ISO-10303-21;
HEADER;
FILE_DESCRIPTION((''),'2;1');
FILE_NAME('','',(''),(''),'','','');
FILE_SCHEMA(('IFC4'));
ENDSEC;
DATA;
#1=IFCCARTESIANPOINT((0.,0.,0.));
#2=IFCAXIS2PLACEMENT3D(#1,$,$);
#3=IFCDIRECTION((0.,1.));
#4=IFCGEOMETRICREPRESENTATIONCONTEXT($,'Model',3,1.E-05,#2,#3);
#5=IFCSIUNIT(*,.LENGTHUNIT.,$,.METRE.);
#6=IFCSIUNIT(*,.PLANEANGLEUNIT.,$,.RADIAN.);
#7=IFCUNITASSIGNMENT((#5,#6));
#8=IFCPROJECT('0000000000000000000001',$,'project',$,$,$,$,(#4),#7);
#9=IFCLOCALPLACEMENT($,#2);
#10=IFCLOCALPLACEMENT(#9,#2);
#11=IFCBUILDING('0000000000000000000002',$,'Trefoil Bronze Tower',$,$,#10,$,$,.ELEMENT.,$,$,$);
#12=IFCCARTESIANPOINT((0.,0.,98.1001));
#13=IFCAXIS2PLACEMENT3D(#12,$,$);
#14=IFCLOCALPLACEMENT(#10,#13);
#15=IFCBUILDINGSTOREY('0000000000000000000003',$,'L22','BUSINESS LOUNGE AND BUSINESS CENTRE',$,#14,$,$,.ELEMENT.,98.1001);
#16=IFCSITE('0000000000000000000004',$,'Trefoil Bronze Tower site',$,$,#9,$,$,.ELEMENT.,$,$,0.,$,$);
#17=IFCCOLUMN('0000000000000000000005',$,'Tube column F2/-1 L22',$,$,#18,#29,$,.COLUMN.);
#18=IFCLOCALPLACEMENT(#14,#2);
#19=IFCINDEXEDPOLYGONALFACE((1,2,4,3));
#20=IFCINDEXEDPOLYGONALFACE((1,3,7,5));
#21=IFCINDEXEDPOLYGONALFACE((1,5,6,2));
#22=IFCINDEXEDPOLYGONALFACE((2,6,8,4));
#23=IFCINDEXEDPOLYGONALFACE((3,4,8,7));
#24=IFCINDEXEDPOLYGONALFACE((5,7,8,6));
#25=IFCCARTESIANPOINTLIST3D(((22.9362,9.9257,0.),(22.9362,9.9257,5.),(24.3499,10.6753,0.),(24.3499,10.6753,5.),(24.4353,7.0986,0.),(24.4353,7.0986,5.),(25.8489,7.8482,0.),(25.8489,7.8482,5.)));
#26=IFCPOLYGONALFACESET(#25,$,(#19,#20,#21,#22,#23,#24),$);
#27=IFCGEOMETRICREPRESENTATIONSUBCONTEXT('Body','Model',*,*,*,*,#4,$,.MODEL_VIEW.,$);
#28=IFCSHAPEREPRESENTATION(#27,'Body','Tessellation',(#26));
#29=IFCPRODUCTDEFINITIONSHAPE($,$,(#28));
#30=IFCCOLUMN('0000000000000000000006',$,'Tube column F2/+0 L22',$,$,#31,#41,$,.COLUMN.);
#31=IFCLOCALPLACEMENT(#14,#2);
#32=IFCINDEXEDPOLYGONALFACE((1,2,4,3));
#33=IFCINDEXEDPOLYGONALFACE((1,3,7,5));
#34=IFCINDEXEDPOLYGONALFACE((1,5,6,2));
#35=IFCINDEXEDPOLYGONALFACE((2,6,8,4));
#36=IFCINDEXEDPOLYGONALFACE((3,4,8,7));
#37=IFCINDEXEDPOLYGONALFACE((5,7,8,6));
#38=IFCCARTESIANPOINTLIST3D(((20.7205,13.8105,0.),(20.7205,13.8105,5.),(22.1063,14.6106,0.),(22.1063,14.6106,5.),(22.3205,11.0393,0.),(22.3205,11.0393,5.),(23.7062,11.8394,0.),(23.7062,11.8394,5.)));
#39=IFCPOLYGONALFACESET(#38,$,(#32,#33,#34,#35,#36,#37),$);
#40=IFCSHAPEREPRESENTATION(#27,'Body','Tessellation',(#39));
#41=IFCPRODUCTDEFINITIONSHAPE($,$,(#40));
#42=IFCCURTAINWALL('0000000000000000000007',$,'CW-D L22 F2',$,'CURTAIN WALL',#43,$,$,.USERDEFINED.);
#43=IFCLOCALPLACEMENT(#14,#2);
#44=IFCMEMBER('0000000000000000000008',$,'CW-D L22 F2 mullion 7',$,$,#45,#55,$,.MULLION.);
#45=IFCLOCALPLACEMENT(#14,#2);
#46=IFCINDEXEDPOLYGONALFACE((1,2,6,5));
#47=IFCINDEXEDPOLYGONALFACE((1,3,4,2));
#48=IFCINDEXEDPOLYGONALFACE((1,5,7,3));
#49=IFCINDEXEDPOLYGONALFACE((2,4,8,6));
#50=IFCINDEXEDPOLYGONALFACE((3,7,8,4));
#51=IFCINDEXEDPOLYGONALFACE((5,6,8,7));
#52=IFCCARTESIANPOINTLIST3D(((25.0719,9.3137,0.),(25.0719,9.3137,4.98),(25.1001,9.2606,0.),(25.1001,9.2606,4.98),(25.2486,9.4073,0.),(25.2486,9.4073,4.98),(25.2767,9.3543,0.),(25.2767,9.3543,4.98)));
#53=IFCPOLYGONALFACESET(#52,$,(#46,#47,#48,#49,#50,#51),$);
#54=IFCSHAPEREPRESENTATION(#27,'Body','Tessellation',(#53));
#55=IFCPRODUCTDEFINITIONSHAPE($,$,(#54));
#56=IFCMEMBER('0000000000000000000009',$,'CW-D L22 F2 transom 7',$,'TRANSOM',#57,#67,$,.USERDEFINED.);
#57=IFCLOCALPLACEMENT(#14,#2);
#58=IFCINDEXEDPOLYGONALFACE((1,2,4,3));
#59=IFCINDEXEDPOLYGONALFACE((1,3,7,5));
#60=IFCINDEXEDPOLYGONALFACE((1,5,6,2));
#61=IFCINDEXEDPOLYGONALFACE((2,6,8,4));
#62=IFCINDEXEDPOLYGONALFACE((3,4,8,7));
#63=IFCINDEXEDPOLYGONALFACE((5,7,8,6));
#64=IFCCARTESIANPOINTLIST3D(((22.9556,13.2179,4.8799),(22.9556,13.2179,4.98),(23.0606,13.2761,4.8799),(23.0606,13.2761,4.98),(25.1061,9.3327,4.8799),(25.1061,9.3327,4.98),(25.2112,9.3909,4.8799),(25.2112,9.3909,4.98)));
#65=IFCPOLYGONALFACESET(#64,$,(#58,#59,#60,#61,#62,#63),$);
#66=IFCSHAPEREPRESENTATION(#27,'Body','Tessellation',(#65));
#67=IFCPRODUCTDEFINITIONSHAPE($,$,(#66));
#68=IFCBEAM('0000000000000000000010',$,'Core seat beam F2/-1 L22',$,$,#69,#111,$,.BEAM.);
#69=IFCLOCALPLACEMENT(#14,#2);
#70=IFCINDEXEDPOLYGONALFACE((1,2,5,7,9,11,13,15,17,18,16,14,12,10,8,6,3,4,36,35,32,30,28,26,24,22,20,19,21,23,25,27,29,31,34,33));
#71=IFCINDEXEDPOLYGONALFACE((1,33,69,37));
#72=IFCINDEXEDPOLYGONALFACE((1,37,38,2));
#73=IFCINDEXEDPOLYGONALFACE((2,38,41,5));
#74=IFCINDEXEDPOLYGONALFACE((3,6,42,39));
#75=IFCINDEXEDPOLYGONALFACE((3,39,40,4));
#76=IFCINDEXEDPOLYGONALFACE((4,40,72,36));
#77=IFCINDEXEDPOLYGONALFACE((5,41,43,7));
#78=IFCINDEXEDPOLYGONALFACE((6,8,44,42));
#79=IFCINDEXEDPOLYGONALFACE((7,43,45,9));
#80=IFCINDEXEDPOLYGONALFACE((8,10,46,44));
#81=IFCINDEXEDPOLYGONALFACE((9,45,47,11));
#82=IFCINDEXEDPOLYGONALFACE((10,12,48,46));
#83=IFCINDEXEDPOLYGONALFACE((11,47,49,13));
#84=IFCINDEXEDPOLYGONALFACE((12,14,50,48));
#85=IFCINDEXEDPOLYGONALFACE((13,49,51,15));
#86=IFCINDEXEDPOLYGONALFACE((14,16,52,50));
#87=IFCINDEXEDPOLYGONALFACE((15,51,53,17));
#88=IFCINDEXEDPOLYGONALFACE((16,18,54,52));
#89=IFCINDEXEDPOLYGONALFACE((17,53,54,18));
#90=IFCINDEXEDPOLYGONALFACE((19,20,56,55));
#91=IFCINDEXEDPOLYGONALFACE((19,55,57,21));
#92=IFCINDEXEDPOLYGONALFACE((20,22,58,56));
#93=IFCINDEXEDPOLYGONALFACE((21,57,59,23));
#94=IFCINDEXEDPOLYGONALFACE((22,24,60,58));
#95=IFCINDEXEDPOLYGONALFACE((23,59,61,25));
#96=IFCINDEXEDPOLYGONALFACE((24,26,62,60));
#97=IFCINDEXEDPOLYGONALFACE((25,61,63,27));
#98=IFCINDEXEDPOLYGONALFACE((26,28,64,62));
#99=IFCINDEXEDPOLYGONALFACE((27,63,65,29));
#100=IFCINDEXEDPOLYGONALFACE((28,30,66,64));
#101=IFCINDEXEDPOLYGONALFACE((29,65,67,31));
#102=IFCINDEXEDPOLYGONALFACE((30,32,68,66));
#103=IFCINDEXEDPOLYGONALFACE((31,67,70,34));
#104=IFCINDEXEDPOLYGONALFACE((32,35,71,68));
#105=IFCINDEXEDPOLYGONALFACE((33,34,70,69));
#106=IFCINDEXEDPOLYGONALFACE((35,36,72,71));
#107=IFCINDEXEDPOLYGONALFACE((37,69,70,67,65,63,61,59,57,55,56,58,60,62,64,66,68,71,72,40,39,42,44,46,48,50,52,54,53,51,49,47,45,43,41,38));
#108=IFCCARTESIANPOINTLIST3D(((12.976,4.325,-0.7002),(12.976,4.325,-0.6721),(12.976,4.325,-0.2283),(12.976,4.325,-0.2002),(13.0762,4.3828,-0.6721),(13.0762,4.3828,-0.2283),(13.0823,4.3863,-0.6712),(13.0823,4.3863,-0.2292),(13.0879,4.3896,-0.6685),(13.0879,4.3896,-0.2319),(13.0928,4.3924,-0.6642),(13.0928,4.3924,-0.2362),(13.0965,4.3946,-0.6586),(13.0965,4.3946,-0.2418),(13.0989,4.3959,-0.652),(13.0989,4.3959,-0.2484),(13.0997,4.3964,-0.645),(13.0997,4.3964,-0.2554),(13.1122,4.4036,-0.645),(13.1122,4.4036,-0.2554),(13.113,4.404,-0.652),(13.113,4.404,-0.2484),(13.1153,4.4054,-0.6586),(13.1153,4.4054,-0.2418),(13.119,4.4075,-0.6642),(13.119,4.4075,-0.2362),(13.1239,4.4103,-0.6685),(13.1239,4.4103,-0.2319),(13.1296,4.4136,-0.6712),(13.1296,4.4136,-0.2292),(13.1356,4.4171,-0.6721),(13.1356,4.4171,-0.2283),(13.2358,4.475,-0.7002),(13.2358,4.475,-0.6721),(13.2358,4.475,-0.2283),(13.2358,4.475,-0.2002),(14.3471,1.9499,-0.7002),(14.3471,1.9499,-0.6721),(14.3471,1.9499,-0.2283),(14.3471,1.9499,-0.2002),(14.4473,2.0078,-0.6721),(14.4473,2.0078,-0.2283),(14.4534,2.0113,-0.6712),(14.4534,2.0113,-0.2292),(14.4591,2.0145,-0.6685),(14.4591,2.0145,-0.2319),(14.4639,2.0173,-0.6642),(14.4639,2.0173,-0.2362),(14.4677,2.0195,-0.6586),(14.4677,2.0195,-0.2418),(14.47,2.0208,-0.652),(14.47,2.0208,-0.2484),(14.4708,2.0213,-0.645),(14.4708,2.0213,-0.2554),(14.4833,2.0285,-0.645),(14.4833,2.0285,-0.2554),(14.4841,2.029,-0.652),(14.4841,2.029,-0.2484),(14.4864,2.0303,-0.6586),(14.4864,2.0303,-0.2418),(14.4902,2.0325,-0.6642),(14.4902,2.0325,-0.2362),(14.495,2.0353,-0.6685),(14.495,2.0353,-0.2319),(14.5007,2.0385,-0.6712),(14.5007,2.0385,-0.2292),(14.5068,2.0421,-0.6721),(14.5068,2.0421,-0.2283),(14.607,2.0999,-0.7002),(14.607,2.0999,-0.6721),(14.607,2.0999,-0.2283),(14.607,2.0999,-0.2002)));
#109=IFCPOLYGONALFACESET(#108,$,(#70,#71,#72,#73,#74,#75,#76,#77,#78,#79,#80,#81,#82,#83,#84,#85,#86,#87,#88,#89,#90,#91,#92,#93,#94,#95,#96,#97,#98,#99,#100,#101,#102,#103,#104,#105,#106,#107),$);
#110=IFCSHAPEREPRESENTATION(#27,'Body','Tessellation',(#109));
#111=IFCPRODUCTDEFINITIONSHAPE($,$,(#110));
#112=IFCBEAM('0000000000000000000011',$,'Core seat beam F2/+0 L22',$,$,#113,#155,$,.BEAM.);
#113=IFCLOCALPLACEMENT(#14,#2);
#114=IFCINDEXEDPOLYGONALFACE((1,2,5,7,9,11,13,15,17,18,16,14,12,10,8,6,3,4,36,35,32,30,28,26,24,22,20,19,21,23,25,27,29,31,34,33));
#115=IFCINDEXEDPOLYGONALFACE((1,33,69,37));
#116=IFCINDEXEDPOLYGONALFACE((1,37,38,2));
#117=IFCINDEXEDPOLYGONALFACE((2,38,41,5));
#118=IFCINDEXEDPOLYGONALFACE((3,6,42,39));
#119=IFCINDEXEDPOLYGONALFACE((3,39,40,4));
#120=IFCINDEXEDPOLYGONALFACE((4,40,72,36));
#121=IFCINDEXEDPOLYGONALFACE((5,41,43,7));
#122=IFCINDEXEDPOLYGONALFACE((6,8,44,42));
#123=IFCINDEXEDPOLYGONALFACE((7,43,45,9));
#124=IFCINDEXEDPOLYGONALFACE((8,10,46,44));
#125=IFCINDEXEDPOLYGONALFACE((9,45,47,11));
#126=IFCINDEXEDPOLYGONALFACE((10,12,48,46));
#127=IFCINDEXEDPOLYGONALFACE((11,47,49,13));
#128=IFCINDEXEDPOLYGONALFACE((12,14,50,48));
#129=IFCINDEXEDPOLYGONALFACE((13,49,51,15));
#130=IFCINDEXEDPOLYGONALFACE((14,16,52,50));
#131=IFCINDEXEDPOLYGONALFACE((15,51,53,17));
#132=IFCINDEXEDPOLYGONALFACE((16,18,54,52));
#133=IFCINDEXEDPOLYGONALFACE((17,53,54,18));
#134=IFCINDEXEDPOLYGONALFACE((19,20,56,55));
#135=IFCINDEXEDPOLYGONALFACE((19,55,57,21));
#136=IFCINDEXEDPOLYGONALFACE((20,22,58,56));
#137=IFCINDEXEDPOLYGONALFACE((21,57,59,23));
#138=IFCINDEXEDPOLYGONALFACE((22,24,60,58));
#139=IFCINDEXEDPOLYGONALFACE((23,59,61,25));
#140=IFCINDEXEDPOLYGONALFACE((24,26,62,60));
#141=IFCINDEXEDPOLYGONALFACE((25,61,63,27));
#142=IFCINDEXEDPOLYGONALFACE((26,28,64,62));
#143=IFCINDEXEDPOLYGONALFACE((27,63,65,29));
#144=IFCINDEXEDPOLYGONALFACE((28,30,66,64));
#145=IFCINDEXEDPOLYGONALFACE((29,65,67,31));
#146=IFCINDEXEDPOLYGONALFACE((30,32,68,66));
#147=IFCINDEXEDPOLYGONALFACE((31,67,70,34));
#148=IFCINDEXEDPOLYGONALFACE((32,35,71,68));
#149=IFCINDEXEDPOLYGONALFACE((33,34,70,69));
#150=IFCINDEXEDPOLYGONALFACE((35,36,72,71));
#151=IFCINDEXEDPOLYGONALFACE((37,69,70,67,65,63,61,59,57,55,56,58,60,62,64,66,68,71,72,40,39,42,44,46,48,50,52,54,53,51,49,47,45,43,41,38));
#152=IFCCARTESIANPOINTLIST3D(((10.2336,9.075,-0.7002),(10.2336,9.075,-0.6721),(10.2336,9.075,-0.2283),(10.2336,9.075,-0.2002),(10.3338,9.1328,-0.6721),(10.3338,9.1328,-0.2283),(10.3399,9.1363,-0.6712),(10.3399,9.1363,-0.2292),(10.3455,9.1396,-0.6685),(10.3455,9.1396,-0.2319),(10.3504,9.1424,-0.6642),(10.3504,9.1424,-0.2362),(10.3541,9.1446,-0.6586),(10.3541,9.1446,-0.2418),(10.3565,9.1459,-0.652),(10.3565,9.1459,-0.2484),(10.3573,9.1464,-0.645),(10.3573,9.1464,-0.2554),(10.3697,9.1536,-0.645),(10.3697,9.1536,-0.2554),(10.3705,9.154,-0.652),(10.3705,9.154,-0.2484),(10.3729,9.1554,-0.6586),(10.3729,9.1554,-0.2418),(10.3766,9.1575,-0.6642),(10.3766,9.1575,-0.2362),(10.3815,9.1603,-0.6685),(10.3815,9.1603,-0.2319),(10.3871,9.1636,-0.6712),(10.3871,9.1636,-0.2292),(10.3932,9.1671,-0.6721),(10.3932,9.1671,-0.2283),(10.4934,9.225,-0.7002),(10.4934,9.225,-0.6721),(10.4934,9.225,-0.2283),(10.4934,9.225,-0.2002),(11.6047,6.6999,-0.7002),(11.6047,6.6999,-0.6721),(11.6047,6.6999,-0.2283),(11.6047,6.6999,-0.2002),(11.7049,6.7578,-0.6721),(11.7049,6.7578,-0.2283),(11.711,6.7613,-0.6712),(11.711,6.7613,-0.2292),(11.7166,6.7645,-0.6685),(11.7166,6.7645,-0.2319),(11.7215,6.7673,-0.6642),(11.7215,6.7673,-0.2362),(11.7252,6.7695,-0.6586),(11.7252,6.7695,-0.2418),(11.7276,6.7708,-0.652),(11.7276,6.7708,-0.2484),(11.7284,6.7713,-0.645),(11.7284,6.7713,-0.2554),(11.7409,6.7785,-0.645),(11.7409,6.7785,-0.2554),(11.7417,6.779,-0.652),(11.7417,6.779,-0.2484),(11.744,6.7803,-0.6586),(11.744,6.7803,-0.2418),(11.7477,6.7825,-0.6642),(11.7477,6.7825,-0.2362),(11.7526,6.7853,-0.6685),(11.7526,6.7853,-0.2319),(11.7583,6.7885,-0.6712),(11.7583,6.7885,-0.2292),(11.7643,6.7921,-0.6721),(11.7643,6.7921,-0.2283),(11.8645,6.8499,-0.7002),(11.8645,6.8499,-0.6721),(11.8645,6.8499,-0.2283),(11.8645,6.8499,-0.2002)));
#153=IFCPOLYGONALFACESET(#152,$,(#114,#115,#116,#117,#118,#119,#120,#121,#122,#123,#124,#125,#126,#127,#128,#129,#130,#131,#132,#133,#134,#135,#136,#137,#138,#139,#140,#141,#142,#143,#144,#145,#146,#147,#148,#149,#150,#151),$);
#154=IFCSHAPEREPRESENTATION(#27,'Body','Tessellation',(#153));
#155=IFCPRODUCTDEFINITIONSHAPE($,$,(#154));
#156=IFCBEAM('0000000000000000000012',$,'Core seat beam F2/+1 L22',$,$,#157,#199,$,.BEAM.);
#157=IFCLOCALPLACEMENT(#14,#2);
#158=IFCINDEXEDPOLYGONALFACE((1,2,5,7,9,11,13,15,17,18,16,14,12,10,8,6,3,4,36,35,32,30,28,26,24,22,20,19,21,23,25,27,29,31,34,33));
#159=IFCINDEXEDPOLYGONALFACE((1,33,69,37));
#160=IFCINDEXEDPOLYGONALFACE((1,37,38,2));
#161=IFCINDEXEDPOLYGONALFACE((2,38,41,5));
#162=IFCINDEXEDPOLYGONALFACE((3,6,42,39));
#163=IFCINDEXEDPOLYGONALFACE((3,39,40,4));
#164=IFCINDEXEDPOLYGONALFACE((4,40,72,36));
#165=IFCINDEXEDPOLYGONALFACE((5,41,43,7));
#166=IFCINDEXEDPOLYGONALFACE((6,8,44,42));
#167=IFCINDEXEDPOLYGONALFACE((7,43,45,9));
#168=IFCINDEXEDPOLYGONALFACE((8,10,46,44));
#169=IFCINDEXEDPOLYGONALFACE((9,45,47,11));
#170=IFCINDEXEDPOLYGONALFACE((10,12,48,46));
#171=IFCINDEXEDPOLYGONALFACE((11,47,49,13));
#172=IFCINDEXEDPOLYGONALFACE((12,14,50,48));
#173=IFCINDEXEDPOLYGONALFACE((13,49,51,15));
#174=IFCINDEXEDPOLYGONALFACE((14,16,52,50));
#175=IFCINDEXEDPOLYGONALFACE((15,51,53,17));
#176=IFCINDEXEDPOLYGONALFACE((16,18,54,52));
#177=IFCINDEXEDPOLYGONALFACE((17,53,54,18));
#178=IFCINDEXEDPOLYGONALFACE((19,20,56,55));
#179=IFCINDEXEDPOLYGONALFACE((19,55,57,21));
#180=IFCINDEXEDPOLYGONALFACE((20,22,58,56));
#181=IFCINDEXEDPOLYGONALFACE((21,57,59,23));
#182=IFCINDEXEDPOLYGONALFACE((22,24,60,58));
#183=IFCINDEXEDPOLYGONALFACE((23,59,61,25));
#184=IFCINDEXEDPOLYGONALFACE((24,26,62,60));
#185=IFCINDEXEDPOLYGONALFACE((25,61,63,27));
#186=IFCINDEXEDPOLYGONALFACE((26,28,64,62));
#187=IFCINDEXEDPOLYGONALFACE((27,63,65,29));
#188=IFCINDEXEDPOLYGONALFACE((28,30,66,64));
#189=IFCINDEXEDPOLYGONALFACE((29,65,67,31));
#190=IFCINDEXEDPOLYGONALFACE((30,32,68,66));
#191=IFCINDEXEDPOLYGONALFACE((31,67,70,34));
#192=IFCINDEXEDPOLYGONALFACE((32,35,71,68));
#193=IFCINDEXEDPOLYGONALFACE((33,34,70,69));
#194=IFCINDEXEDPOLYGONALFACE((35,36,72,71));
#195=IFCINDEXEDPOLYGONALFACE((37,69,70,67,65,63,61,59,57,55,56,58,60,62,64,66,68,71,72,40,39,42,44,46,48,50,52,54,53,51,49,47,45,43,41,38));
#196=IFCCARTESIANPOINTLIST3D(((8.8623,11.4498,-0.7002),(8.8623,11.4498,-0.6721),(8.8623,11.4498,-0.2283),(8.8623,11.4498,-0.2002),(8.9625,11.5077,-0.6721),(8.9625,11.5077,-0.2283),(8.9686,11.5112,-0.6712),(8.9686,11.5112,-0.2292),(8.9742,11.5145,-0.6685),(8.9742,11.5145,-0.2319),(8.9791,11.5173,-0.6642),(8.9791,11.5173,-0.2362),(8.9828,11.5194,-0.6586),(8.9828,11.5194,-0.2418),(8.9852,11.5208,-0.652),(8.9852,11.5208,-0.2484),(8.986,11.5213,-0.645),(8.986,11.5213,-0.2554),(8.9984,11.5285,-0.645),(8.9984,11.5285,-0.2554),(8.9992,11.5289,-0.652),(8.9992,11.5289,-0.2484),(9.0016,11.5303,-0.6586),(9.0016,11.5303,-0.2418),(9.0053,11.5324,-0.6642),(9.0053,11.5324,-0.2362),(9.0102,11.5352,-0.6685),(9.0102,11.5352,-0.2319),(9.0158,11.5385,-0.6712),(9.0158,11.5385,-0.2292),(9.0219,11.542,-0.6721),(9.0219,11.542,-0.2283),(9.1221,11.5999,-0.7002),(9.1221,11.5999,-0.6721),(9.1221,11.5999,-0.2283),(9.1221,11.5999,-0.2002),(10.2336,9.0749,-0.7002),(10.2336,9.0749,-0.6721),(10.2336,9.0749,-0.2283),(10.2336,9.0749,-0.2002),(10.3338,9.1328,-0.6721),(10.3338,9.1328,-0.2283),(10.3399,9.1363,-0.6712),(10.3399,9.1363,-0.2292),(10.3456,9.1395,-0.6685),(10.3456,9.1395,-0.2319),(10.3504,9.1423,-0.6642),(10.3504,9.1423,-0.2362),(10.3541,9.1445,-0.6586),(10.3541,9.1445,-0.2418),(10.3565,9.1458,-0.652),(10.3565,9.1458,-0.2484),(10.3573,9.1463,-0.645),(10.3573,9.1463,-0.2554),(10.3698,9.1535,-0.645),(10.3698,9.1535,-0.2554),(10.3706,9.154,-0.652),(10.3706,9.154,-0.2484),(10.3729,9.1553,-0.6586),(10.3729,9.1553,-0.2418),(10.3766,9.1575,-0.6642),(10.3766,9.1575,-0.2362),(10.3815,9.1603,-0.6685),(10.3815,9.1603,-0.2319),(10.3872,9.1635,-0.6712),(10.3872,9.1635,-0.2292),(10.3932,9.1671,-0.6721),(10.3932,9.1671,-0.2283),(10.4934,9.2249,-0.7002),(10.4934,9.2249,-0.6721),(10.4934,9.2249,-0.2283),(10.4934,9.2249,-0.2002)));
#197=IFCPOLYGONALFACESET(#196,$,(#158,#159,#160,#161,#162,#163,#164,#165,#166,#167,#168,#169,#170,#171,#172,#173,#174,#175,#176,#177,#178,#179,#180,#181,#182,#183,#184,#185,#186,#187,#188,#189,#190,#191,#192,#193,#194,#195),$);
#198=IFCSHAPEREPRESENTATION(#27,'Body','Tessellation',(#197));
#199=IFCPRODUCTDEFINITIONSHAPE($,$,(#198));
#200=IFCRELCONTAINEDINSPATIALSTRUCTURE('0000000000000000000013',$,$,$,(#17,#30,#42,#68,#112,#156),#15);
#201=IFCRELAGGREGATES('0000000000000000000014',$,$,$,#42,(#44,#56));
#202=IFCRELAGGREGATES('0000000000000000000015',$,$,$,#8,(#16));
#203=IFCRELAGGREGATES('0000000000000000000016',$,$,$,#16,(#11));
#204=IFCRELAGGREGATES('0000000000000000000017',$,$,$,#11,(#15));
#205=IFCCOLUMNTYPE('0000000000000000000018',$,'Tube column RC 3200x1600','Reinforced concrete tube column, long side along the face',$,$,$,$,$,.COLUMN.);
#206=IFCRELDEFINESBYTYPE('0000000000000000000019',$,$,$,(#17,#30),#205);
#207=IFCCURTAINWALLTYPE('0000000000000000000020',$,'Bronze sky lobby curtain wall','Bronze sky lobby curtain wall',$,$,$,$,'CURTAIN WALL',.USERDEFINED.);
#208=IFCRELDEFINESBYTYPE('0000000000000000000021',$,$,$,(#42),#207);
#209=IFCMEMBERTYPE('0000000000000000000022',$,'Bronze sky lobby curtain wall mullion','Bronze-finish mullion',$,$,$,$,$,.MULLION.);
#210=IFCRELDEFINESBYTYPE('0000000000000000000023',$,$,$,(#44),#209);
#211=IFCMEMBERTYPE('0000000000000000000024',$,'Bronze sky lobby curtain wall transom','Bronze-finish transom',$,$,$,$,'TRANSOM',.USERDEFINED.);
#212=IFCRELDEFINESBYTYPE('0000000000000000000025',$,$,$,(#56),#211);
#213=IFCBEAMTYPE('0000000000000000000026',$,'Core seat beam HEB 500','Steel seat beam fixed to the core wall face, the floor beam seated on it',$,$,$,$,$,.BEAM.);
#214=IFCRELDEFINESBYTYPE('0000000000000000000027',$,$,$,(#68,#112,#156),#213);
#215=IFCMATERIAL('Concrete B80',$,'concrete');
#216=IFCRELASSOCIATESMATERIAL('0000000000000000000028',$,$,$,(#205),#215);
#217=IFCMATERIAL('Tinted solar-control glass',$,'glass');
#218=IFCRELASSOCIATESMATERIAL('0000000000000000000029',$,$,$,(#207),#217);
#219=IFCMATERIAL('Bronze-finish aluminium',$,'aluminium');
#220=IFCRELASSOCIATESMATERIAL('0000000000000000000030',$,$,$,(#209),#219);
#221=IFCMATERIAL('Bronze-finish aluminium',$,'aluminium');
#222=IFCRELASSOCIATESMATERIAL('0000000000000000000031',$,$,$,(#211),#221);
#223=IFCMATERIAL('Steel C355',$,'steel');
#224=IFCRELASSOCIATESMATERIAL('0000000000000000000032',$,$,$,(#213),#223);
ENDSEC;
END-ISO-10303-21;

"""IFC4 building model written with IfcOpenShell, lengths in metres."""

from ifc_helpers import new_model, si_unit, direction, frame, origin, origin_2d, place, context, subcontext, project, spatial, rectangle, i_section, extrude, material, material_profile, profile_set, type_object, element, aggregate, save


model = new_model("IFC4")

# Units and contexts
model_context = context("Model", 3, precision=1e-05, world=origin(), true_north=direction((0.0, 1.0)))
body_context = subcontext(model_context, "Body", "Model", "MODEL_VIEW")
ifc_project = project(units=[si_unit("LENGTHUNIT", "METRE"), si_unit("PLANEANGLEUNIT", "RADIAN")], contexts=[model_context])

# Site, building, storey
site_placement = place(None, origin())
site = spatial("IfcSite", under=ifc_project, at=site_placement, Name="Trefoil Bronze Tower site", CompositionType="ELEMENT", RefElevation=0.0)
building_placement = place(site_placement, origin())
building = spatial("IfcBuilding", under=site, at=building_placement, Name="Trefoil Bronze Tower", CompositionType="ELEMENT")
storey_placement = place(building_placement, frame((0.0, 0.0, 98.1001)))
storey = spatial("IfcBuildingStorey", under=building, at=storey_placement, Name="L22", Description="BUSINESS LOUNGE AND BUSINESS CENTRE", CompositionType="ELEMENT", Elevation=98.1001)

# Columns
ifc_material_1 = material(Name="Concrete B80", Category="concrete")
ifc_material_profile_1 = material_profile(ifc_material_1, rectangle(XDim=3.2, YDim=1.6001, at=origin_2d()), Name="RC 3200x1600")
ifc_profile_set_1 = profile_set([ifc_material_profile_1], Name="Concrete B80")
column_type = type_object("IfcColumnType", Name="Tube column RC 3200x1600", Description="Reinforced concrete tube column, long side along the face", PredefinedType="COLUMN", material=ifc_profile_set_1)
for number, where, z_axis, x_axis, name in (
    (1, (24.3926, 8.887, 0.0), (0.0, 0.0, 1.0), (-0.468457, 0.883486, 0.0), "Tube column F2/-1 L22"),
    (2, (22.2134, 12.825, 0.0), (0.0, 0.0, 1.0), (-0.5, 0.866025, 0.0), "Tube column F2/+0 L22"),
):
    element("IfcColumn", number, at=place(storey_placement, frame(where, z_axis=z_axis, x_axis=x_axis)), inside=storey, type_object=column_type, Name=name, PredefinedType="COLUMN", context=body_context, shape_type="SweptSolid", body=[
        extrude(rectangle(XDim=3.2, YDim=1.6001, at=origin_2d()), origin(), (0.0, 0.0, 1.0), 5.0),
    ])

# Curtain wall, members
ifc_material_2 = material(Name="Tinted solar-control glass", Category="glass")
curtain_wall_type = type_object("IfcCurtainWallType", Name="Bronze sky lobby curtain wall", Description="Bronze sky lobby curtain wall", ElementType="CURTAIN WALL", PredefinedType="USERDEFINED", material=ifc_material_2)
curtain_wall_placement = place(storey_placement, origin())
curtain_wall = element("IfcCurtainWall", 3, at=curtain_wall_placement, inside=storey, type_object=curtain_wall_type, Name="CW-D L22 F2", ObjectType="CURTAIN WALL", PredefinedType="USERDEFINED")
ifc_material_3 = material(Name="Bronze-finish aluminium", Category="aluminium")
ifc_material_profile_2 = material_profile(ifc_material_3, rectangle(XDim=0.2, YDim=0.0601, at=origin_2d()), Name="CW-D mullion")
ifc_profile_set_2 = profile_set([ifc_material_profile_2], Name="Bronze-finish aluminium")
member_type_1 = type_object("IfcMemberType", Name="Bronze sky lobby curtain wall mullion", Description="Bronze-finish mullion", PredefinedType="MULLION", material=ifc_profile_set_2)
member_1_placement = place(storey_placement, frame((25.1743, 9.334, 0.0), z_axis=(0.0, 0.0, 1.0), x_axis=(-0.883486, -0.468457, 0.0)))
member_1 = element("IfcMember", 4, at=member_1_placement, type_object=member_type_1, Name="CW-D L22 F2 mullion 7", PredefinedType="MULLION", context=body_context, shape_type="SweptSolid", body=[
    extrude(rectangle(XDim=0.2, YDim=0.0601, at=origin_2d()), origin(), (0.0, 0.0, 1.0), 4.98),
])
ifc_material_4 = material(Name="Bronze-finish aluminium", Category="aluminium")
ifc_material_profile_3 = material_profile(ifc_material_4, rectangle(XDim=0.1201, YDim=0.1001, at=origin_2d()), Name="CW-D transom")
ifc_profile_set_3 = profile_set([ifc_material_profile_3], Name="Bronze-finish aluminium")
member_type_2 = type_object("IfcMemberType", Name="Bronze sky lobby curtain wall transom", Description="Bronze-finish transom", ElementType="TRANSOM", PredefinedType="USERDEFINED", material=ifc_profile_set_3)
member_2_placement = place(storey_placement, frame((25.1587, 9.3618, 4.9299), z_axis=(-0.484293, 0.874906, 0.0), x_axis=(-0.874906, -0.484293, 0.0)))
member_2 = element("IfcMember", 5, at=member_2_placement, type_object=member_type_2, Name="CW-D L22 F2 transom 7", ObjectType="TRANSOM", PredefinedType="USERDEFINED", context=body_context, shape_type="SweptSolid", body=[
    extrude(rectangle(XDim=0.1201, YDim=0.1001, at=origin_2d()), origin(), (0.0, 0.0, 1.0), 4.4407),
])

# Beams
ifc_material_5 = material(Name="Steel C355", Category="steel")
ifc_material_profile_4 = material_profile(ifc_material_5, i_section(OverallWidth=0.3, OverallDepth=0.5, WebThickness=0.0144, FlangeThickness=0.0281, FilletRadius=0.0271, at=origin_2d()), Name="HEB 500")
ifc_profile_set_4 = profile_set([ifc_material_profile_4], Name="Steel C355")
beam_type_1 = type_object("IfcBeamType", Name="Core seat beam HEB 500", Description="Steel seat beam fixed to the core wall face, the floor beam seated on it", PredefinedType="BEAM", material=ifc_profile_set_4)
for number, where, z_axis, x_axis, name in (
    (6, (14.4771, 2.0249, -0.4502), (-0.499969, 0.866043, 0.0), (-0.866043, -0.499969, 0.0), "Core seat beam F2/-1 L22"),
    (7, (11.7346, 6.7749, -0.4502), (-0.499969, 0.866043, 0.0), (-0.866043, -0.499969, 0.0), "Core seat beam F2/+0 L22"),
    (8, (10.3635, 9.1499, -0.4502), (-0.500036, 0.866005, 0.0), (-0.866005, -0.500036, 0.0), "Core seat beam F2/+1 L22"),
):
    element("IfcBeam", number, at=place(storey_placement, frame(where, z_axis=z_axis, x_axis=x_axis)), inside=storey, type_object=beam_type_1, Name=name, PredefinedType="BEAM", context=body_context, shape_type="SweptSolid", body=[
        extrude(i_section(OverallWidth=0.3, OverallDepth=0.5, WebThickness=0.0144, FlangeThickness=0.0281, FilletRadius=0.0271, at=origin_2d()), origin(), (0.0, 0.0, 1.0), 2.7424),
    ])

aggregate(curtain_wall, [member_1, member_2])

save(model, "model.ifc")
